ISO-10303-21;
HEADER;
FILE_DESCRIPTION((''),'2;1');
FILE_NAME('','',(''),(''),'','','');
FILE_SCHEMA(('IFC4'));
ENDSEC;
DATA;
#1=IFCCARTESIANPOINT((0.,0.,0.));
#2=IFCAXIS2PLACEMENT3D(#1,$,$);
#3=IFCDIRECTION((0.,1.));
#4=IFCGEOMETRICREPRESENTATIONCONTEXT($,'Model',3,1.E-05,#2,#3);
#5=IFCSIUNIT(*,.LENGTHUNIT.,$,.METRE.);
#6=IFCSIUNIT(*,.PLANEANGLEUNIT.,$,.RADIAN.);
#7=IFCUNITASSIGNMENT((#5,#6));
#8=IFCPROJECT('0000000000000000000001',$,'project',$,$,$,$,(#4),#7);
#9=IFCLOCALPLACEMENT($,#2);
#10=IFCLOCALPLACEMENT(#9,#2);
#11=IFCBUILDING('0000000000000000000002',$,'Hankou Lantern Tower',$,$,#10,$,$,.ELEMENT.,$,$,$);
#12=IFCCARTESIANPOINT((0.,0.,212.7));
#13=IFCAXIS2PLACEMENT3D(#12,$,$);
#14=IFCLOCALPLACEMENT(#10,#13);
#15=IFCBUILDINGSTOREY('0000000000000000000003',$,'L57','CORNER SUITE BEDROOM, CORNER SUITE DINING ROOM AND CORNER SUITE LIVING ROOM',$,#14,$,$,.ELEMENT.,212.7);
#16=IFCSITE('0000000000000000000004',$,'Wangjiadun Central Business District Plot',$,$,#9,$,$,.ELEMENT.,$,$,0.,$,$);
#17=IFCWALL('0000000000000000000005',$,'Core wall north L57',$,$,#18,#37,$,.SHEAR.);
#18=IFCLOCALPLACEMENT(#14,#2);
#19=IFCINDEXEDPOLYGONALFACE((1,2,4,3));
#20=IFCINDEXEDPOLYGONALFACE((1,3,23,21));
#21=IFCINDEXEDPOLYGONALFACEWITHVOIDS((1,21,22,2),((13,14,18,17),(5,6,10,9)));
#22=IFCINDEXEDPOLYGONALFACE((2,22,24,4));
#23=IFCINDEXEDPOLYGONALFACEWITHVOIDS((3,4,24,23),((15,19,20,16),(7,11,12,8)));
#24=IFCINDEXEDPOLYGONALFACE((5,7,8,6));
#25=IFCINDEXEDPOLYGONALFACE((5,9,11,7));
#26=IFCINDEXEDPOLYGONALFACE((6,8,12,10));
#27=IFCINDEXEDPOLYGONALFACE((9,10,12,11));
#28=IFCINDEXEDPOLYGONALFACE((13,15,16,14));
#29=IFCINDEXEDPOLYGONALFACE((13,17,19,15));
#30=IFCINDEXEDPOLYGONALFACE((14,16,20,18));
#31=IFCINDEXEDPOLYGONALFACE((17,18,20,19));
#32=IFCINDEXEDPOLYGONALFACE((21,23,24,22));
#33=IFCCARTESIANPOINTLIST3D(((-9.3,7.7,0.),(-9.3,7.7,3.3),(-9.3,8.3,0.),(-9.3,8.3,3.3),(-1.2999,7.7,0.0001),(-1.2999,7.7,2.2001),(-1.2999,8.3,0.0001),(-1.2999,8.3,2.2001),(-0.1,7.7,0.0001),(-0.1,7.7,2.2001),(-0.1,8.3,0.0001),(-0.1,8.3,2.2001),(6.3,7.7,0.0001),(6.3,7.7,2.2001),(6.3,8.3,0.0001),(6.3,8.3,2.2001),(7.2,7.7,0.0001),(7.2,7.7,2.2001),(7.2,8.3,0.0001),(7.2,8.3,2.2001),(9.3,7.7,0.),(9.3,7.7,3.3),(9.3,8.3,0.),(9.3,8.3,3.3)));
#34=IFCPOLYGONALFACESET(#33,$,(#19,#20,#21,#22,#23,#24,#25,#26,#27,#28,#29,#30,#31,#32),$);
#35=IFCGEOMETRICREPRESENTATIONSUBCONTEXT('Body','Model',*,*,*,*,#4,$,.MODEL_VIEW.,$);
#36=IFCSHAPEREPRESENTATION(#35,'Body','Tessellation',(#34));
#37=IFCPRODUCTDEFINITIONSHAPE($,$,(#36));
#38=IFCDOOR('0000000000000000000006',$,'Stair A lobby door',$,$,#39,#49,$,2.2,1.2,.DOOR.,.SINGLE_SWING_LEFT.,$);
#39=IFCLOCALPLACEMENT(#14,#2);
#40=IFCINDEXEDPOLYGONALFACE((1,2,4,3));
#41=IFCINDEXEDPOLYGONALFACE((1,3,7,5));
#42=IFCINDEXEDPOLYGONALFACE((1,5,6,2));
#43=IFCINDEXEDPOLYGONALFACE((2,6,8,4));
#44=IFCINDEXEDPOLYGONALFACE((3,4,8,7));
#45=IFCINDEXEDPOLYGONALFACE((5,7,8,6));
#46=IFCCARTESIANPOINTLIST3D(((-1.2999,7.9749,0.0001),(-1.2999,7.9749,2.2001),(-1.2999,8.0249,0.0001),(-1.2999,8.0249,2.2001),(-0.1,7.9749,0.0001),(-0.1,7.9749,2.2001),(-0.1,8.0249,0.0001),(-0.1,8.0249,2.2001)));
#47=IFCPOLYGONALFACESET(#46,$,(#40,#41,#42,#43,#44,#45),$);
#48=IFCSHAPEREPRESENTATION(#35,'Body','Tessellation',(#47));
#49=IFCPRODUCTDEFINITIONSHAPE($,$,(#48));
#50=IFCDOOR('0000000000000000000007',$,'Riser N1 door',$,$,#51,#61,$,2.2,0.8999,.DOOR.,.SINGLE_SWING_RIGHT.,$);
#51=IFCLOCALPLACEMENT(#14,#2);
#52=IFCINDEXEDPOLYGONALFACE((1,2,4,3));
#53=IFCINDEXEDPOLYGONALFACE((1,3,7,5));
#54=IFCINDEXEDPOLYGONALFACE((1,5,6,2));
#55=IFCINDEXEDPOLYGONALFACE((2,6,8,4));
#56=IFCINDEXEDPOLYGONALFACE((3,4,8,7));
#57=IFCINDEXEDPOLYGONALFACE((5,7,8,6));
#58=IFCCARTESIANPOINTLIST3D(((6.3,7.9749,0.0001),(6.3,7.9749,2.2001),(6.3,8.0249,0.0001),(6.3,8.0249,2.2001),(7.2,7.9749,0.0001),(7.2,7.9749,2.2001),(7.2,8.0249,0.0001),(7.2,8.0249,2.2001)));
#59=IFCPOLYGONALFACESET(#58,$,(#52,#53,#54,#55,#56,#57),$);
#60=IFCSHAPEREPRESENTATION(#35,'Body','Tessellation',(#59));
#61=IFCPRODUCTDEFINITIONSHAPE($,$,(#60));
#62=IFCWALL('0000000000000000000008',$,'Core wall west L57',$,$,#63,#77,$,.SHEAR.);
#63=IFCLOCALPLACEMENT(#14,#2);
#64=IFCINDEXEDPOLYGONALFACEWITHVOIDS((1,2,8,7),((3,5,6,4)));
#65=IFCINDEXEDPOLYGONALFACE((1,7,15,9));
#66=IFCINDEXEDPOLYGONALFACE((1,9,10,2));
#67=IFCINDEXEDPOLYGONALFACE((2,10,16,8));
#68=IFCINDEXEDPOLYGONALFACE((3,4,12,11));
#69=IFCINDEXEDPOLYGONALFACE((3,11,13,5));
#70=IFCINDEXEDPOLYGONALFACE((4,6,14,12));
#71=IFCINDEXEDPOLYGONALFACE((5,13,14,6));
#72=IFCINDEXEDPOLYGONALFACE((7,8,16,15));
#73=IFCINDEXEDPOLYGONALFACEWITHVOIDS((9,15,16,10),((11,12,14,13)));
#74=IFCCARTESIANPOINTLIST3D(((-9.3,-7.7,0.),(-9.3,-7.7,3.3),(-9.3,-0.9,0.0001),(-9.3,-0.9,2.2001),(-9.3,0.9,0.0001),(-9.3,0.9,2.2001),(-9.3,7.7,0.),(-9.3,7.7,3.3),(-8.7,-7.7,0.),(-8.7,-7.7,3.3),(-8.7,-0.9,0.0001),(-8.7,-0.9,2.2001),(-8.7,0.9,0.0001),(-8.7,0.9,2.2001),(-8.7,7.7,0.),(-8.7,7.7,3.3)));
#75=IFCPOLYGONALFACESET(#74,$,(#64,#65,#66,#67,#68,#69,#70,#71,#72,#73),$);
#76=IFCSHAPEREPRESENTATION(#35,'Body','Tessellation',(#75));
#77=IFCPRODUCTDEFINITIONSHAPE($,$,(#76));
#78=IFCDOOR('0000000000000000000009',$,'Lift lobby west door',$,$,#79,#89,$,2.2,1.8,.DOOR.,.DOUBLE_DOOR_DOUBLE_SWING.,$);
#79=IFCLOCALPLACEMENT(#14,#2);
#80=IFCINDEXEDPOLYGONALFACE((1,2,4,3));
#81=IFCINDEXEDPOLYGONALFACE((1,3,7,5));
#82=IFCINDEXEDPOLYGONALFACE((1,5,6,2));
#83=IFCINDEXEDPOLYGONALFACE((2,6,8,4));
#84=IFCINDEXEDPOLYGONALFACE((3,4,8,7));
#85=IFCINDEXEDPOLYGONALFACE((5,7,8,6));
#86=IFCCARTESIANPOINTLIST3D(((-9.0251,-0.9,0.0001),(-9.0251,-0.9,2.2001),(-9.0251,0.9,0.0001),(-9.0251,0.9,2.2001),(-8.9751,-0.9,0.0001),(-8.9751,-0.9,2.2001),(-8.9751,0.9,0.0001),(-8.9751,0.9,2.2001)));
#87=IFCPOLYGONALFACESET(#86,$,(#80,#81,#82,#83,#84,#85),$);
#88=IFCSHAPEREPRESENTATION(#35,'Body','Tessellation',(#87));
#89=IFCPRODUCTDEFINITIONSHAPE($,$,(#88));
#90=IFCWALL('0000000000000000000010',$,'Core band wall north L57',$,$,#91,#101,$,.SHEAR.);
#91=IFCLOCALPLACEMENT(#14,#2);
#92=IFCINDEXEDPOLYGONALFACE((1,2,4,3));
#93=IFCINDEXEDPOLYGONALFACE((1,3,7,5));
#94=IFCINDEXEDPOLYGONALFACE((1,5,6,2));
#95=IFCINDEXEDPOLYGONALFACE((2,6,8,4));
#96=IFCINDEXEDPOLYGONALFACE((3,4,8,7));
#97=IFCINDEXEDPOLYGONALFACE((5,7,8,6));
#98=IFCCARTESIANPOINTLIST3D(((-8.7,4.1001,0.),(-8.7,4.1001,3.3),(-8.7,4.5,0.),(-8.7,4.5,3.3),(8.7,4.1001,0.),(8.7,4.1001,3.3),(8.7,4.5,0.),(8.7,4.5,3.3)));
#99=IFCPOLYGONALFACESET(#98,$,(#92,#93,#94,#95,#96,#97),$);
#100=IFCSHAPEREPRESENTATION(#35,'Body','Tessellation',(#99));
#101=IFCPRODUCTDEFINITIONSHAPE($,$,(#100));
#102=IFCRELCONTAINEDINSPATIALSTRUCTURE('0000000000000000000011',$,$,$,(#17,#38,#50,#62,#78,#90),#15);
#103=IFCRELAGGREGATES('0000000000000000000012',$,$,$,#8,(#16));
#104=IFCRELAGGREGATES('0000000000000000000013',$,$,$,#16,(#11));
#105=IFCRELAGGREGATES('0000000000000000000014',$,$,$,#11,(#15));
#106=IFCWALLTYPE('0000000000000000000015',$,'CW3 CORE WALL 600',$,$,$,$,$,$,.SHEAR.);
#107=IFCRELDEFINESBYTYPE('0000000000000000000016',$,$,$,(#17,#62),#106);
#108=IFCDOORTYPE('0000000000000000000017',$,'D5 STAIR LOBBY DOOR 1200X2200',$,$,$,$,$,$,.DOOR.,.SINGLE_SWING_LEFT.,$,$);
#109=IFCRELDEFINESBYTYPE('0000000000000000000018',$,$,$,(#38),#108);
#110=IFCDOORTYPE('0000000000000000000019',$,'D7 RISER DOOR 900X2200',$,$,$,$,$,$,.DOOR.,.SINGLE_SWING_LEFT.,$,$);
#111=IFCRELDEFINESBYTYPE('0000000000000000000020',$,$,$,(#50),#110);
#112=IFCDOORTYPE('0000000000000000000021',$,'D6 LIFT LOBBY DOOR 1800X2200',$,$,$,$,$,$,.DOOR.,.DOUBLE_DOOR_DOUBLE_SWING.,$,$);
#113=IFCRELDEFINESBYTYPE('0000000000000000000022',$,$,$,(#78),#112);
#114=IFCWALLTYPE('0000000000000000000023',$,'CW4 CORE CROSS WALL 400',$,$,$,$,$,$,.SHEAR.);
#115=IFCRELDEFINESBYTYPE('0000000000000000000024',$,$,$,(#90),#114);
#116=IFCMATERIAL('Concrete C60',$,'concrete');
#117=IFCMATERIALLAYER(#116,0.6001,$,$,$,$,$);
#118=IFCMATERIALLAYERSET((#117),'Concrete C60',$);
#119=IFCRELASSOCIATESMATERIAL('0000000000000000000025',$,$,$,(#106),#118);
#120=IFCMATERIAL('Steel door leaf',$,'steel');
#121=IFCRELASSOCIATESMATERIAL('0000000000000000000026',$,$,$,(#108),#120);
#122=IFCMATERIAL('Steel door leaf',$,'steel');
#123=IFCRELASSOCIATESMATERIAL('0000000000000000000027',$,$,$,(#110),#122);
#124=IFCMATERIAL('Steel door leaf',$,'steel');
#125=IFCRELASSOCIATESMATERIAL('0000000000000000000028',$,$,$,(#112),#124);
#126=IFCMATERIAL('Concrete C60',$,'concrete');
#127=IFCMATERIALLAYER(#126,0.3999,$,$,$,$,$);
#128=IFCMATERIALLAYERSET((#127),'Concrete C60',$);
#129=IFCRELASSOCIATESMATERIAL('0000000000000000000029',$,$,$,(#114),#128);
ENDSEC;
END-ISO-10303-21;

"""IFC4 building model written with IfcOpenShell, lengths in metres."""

from ifc_helpers import new_model, si_unit, direction, frame, frame_2d, origin, place, context, subcontext, project, spatial, rectangle, extrude, material, layer, layer_set, type_object, element, fill, save


model = new_model("IFC4")

# Units and contexts
model_context = context("Model", 3, precision=1e-05, world=origin(), true_north=direction((0.0, 1.0)))
body_context = subcontext(model_context, "Body", "Model", "MODEL_VIEW")
ifc_project = project(units=[si_unit("LENGTHUNIT", "METRE"), si_unit("PLANEANGLEUNIT", "RADIAN")], contexts=[model_context])

# Site, building, storey
site_placement = place(None, origin())
site = spatial("IfcSite", under=ifc_project, at=site_placement, Name="Wangjiadun Central Business District Plot", CompositionType="ELEMENT", RefElevation=0.0)
building_placement = place(site_placement, origin())
building = spatial("IfcBuilding", under=site, at=building_placement, Name="Hankou Lantern Tower", CompositionType="ELEMENT")
storey_placement = place(building_placement, frame((0.0, 0.0, 212.7)))
storey = spatial("IfcBuildingStorey", under=building, at=storey_placement, Name="L57", Description="CORNER SUITE BEDROOM, CORNER SUITE DINING ROOM AND CORNER SUITE LIVING ROOM", CompositionType="ELEMENT", Elevation=212.7)

# Wall, openings, doors
ifc_material_1 = material(Name="Concrete C60", Category="concrete")
ifc_layer_1 = layer(ifc_material_1, 0.6001)
ifc_layer_set_1 = layer_set([ifc_layer_1], Name="Concrete C60")
wall_type_1 = type_object("IfcWallType", Name="CW3 CORE WALL 600", PredefinedType="SHEAR", material=ifc_layer_set_1)
wall_1_placement = place(storey_placement, frame((-9.3, 8.0, 0.0), z_axis=(0.0, 0.0, 1.0), x_axis=(1.0, 0.0, 0.0)))
wall_1 = element("IfcWall", 1, at=wall_1_placement, inside=storey, type_object=wall_type_1, Name="Core wall north L57", PredefinedType="SHEAR", context=body_context, shape_type="SweptSolid", body=[
    extrude(rectangle(XDim=18.6001, YDim=0.6001, at=frame_2d((9.3, 0.0))), origin(), (0.0, 0.0, 1.0), 3.3),
])
opening_1_placement = place(wall_1_placement, frame((8.0, 0.0, 0.0)))
opening_1 = element("IfcOpeningElement", 2, at=opening_1_placement, cuts=wall_1, PredefinedType="OPENING", context=body_context, shape_type="SweptSolid", body=[
    extrude(rectangle(XDim=1.2, YDim=2.2, at=frame_2d((0.6001, 1.1001))), frame((0.0, 0.3101, 0.0), z_axis=(0.0, -1.0, 0.0), x_axis=(1.0, 0.0, 0.0)), (0.0, 0.0, 1.0), 0.6201),
])
opening_2_placement = place(wall_1_placement, frame((15.6001, 0.0, 0.0)))
opening_2 = element("IfcOpeningElement", 3, at=opening_2_placement, cuts=wall_1, PredefinedType="OPENING", context=body_context, shape_type="SweptSolid", body=[
    extrude(rectangle(XDim=0.8999, YDim=2.2, at=frame_2d((0.45, 1.1001))), frame((0.0, 0.3101, 0.0), z_axis=(0.0, -1.0, 0.0), x_axis=(1.0, 0.0, 0.0)), (0.0, 0.0, 1.0), 0.6201),
])
ifc_material_2 = material(Name="Steel door leaf", Category="steel")
door_type_1 = type_object("IfcDoorType", Name="D5 STAIR LOBBY DOOR 1200X2200", OperationType="SINGLE_SWING_LEFT", PredefinedType="DOOR", material=ifc_material_2)
door_1_placement = place(opening_1_placement, origin())
door_1 = element("IfcDoor", 4, at=door_1_placement, inside=storey, type_object=door_type_1, Name="Stair A lobby door", OperationType="SINGLE_SWING_LEFT", OverallHeight=2.2, OverallWidth=1.2, PredefinedType="DOOR", context=body_context, shape_type="SweptSolid", body=[
    extrude(rectangle(XDim=1.2, YDim=2.2, at=frame_2d((0.6001, 1.1001))), frame((0.0, 0.0249, 0.0), z_axis=(0.0, -1.0, 0.0), x_axis=(1.0, 0.0, 0.0)), (0.0, 0.0, 1.0), 0.05),
])
fill(opening_1, door_1)
ifc_material_3 = material(Name="Steel door leaf", Category="steel")
door_type_2 = type_object("IfcDoorType", Name="D7 RISER DOOR 900X2200", OperationType="SINGLE_SWING_LEFT", PredefinedType="DOOR", material=ifc_material_3)
door_2_placement = place(opening_2_placement, origin())
door_2 = element("IfcDoor", 5, at=door_2_placement, inside=storey, type_object=door_type_2, Name="Riser N1 door", OperationType="SINGLE_SWING_RIGHT", OverallHeight=2.2, OverallWidth=0.8999, PredefinedType="DOOR", context=body_context, shape_type="SweptSolid", body=[
    extrude(rectangle(XDim=0.8999, YDim=2.2, at=frame_2d((0.45, 1.1001))), frame((0.0, 0.0249, 0.0), z_axis=(0.0, -1.0, 0.0), x_axis=(1.0, 0.0, 0.0)), (0.0, 0.0, 1.0), 0.05),
])
fill(opening_2, door_2)

# Wall, opening, door
wall_2_placement = place(storey_placement, frame((-9.0, 7.7, 0.0), z_axis=(0.0, 0.0, 1.0), x_axis=(0.0, -1.0, 0.0)))
wall_2 = element("IfcWall", 6, at=wall_2_placement, inside=storey, type_object=wall_type_1, Name="Core wall west L57", PredefinedType="SHEAR", context=body_context, shape_type="SweptSolid", body=[
    extrude(rectangle(XDim=15.3999, YDim=0.6001, at=frame_2d((7.7, 0.0))), origin(), (0.0, 0.0, 1.0), 3.3),
])
opening_3_placement = place(wall_2_placement, frame((6.8, 0.0, 0.0)))
opening_3 = element("IfcOpeningElement", 7, at=opening_3_placement, cuts=wall_2, PredefinedType="OPENING", context=body_context, shape_type="SweptSolid", body=[
    extrude(rectangle(XDim=1.8, YDim=2.2, at=frame_2d((0.8999, 1.1001))), frame((0.0, 0.3101, 0.0), z_axis=(0.0, -1.0, 0.0), x_axis=(1.0, 0.0, 0.0)), (0.0, 0.0, 1.0), 0.6201),
])
ifc_material_4 = material(Name="Steel door leaf", Category="steel")
door_type_3 = type_object("IfcDoorType", Name="D6 LIFT LOBBY DOOR 1800X2200", OperationType="DOUBLE_DOOR_DOUBLE_SWING", PredefinedType="DOOR", material=ifc_material_4)
door_3_placement = place(opening_3_placement, origin())
door_3 = element("IfcDoor", 8, at=door_3_placement, inside=storey, type_object=door_type_3, Name="Lift lobby west door", OperationType="DOUBLE_DOOR_DOUBLE_SWING", OverallHeight=2.2, OverallWidth=1.8, PredefinedType="DOOR", context=body_context, shape_type="SweptSolid", body=[
    extrude(rectangle(XDim=1.8, YDim=2.2, at=frame_2d((0.8999, 1.1001))), frame((0.0, 0.0249, 0.0), z_axis=(0.0, -1.0, 0.0), x_axis=(1.0, 0.0, 0.0)), (0.0, 0.0, 1.0), 0.05),
])
fill(opening_3, door_3)

# Wall
ifc_material_5 = material(Name="Concrete C60", Category="concrete")
ifc_layer_2 = layer(ifc_material_5, 0.3999)
ifc_layer_set_2 = layer_set([ifc_layer_2], Name="Concrete C60")
wall_type_2 = type_object("IfcWallType", Name="CW4 CORE CROSS WALL 400", PredefinedType="SHEAR", material=ifc_layer_set_2)
wall_3_placement = place(storey_placement, frame((-8.7, 4.3, 0.0), z_axis=(0.0, 0.0, 1.0), x_axis=(1.0, 0.0, 0.0)))
element("IfcWall", 9, at=wall_3_placement, inside=storey, type_object=wall_type_2, Name="Core band wall north L57", PredefinedType="SHEAR", context=body_context, shape_type="SweptSolid", body=[
    extrude(rectangle(XDim=17.3999, YDim=0.3999, at=frame_2d((8.7, 0.0))), origin(), (0.0, 0.0, 1.0), 3.3),
])

save(model, "model.ifc")
